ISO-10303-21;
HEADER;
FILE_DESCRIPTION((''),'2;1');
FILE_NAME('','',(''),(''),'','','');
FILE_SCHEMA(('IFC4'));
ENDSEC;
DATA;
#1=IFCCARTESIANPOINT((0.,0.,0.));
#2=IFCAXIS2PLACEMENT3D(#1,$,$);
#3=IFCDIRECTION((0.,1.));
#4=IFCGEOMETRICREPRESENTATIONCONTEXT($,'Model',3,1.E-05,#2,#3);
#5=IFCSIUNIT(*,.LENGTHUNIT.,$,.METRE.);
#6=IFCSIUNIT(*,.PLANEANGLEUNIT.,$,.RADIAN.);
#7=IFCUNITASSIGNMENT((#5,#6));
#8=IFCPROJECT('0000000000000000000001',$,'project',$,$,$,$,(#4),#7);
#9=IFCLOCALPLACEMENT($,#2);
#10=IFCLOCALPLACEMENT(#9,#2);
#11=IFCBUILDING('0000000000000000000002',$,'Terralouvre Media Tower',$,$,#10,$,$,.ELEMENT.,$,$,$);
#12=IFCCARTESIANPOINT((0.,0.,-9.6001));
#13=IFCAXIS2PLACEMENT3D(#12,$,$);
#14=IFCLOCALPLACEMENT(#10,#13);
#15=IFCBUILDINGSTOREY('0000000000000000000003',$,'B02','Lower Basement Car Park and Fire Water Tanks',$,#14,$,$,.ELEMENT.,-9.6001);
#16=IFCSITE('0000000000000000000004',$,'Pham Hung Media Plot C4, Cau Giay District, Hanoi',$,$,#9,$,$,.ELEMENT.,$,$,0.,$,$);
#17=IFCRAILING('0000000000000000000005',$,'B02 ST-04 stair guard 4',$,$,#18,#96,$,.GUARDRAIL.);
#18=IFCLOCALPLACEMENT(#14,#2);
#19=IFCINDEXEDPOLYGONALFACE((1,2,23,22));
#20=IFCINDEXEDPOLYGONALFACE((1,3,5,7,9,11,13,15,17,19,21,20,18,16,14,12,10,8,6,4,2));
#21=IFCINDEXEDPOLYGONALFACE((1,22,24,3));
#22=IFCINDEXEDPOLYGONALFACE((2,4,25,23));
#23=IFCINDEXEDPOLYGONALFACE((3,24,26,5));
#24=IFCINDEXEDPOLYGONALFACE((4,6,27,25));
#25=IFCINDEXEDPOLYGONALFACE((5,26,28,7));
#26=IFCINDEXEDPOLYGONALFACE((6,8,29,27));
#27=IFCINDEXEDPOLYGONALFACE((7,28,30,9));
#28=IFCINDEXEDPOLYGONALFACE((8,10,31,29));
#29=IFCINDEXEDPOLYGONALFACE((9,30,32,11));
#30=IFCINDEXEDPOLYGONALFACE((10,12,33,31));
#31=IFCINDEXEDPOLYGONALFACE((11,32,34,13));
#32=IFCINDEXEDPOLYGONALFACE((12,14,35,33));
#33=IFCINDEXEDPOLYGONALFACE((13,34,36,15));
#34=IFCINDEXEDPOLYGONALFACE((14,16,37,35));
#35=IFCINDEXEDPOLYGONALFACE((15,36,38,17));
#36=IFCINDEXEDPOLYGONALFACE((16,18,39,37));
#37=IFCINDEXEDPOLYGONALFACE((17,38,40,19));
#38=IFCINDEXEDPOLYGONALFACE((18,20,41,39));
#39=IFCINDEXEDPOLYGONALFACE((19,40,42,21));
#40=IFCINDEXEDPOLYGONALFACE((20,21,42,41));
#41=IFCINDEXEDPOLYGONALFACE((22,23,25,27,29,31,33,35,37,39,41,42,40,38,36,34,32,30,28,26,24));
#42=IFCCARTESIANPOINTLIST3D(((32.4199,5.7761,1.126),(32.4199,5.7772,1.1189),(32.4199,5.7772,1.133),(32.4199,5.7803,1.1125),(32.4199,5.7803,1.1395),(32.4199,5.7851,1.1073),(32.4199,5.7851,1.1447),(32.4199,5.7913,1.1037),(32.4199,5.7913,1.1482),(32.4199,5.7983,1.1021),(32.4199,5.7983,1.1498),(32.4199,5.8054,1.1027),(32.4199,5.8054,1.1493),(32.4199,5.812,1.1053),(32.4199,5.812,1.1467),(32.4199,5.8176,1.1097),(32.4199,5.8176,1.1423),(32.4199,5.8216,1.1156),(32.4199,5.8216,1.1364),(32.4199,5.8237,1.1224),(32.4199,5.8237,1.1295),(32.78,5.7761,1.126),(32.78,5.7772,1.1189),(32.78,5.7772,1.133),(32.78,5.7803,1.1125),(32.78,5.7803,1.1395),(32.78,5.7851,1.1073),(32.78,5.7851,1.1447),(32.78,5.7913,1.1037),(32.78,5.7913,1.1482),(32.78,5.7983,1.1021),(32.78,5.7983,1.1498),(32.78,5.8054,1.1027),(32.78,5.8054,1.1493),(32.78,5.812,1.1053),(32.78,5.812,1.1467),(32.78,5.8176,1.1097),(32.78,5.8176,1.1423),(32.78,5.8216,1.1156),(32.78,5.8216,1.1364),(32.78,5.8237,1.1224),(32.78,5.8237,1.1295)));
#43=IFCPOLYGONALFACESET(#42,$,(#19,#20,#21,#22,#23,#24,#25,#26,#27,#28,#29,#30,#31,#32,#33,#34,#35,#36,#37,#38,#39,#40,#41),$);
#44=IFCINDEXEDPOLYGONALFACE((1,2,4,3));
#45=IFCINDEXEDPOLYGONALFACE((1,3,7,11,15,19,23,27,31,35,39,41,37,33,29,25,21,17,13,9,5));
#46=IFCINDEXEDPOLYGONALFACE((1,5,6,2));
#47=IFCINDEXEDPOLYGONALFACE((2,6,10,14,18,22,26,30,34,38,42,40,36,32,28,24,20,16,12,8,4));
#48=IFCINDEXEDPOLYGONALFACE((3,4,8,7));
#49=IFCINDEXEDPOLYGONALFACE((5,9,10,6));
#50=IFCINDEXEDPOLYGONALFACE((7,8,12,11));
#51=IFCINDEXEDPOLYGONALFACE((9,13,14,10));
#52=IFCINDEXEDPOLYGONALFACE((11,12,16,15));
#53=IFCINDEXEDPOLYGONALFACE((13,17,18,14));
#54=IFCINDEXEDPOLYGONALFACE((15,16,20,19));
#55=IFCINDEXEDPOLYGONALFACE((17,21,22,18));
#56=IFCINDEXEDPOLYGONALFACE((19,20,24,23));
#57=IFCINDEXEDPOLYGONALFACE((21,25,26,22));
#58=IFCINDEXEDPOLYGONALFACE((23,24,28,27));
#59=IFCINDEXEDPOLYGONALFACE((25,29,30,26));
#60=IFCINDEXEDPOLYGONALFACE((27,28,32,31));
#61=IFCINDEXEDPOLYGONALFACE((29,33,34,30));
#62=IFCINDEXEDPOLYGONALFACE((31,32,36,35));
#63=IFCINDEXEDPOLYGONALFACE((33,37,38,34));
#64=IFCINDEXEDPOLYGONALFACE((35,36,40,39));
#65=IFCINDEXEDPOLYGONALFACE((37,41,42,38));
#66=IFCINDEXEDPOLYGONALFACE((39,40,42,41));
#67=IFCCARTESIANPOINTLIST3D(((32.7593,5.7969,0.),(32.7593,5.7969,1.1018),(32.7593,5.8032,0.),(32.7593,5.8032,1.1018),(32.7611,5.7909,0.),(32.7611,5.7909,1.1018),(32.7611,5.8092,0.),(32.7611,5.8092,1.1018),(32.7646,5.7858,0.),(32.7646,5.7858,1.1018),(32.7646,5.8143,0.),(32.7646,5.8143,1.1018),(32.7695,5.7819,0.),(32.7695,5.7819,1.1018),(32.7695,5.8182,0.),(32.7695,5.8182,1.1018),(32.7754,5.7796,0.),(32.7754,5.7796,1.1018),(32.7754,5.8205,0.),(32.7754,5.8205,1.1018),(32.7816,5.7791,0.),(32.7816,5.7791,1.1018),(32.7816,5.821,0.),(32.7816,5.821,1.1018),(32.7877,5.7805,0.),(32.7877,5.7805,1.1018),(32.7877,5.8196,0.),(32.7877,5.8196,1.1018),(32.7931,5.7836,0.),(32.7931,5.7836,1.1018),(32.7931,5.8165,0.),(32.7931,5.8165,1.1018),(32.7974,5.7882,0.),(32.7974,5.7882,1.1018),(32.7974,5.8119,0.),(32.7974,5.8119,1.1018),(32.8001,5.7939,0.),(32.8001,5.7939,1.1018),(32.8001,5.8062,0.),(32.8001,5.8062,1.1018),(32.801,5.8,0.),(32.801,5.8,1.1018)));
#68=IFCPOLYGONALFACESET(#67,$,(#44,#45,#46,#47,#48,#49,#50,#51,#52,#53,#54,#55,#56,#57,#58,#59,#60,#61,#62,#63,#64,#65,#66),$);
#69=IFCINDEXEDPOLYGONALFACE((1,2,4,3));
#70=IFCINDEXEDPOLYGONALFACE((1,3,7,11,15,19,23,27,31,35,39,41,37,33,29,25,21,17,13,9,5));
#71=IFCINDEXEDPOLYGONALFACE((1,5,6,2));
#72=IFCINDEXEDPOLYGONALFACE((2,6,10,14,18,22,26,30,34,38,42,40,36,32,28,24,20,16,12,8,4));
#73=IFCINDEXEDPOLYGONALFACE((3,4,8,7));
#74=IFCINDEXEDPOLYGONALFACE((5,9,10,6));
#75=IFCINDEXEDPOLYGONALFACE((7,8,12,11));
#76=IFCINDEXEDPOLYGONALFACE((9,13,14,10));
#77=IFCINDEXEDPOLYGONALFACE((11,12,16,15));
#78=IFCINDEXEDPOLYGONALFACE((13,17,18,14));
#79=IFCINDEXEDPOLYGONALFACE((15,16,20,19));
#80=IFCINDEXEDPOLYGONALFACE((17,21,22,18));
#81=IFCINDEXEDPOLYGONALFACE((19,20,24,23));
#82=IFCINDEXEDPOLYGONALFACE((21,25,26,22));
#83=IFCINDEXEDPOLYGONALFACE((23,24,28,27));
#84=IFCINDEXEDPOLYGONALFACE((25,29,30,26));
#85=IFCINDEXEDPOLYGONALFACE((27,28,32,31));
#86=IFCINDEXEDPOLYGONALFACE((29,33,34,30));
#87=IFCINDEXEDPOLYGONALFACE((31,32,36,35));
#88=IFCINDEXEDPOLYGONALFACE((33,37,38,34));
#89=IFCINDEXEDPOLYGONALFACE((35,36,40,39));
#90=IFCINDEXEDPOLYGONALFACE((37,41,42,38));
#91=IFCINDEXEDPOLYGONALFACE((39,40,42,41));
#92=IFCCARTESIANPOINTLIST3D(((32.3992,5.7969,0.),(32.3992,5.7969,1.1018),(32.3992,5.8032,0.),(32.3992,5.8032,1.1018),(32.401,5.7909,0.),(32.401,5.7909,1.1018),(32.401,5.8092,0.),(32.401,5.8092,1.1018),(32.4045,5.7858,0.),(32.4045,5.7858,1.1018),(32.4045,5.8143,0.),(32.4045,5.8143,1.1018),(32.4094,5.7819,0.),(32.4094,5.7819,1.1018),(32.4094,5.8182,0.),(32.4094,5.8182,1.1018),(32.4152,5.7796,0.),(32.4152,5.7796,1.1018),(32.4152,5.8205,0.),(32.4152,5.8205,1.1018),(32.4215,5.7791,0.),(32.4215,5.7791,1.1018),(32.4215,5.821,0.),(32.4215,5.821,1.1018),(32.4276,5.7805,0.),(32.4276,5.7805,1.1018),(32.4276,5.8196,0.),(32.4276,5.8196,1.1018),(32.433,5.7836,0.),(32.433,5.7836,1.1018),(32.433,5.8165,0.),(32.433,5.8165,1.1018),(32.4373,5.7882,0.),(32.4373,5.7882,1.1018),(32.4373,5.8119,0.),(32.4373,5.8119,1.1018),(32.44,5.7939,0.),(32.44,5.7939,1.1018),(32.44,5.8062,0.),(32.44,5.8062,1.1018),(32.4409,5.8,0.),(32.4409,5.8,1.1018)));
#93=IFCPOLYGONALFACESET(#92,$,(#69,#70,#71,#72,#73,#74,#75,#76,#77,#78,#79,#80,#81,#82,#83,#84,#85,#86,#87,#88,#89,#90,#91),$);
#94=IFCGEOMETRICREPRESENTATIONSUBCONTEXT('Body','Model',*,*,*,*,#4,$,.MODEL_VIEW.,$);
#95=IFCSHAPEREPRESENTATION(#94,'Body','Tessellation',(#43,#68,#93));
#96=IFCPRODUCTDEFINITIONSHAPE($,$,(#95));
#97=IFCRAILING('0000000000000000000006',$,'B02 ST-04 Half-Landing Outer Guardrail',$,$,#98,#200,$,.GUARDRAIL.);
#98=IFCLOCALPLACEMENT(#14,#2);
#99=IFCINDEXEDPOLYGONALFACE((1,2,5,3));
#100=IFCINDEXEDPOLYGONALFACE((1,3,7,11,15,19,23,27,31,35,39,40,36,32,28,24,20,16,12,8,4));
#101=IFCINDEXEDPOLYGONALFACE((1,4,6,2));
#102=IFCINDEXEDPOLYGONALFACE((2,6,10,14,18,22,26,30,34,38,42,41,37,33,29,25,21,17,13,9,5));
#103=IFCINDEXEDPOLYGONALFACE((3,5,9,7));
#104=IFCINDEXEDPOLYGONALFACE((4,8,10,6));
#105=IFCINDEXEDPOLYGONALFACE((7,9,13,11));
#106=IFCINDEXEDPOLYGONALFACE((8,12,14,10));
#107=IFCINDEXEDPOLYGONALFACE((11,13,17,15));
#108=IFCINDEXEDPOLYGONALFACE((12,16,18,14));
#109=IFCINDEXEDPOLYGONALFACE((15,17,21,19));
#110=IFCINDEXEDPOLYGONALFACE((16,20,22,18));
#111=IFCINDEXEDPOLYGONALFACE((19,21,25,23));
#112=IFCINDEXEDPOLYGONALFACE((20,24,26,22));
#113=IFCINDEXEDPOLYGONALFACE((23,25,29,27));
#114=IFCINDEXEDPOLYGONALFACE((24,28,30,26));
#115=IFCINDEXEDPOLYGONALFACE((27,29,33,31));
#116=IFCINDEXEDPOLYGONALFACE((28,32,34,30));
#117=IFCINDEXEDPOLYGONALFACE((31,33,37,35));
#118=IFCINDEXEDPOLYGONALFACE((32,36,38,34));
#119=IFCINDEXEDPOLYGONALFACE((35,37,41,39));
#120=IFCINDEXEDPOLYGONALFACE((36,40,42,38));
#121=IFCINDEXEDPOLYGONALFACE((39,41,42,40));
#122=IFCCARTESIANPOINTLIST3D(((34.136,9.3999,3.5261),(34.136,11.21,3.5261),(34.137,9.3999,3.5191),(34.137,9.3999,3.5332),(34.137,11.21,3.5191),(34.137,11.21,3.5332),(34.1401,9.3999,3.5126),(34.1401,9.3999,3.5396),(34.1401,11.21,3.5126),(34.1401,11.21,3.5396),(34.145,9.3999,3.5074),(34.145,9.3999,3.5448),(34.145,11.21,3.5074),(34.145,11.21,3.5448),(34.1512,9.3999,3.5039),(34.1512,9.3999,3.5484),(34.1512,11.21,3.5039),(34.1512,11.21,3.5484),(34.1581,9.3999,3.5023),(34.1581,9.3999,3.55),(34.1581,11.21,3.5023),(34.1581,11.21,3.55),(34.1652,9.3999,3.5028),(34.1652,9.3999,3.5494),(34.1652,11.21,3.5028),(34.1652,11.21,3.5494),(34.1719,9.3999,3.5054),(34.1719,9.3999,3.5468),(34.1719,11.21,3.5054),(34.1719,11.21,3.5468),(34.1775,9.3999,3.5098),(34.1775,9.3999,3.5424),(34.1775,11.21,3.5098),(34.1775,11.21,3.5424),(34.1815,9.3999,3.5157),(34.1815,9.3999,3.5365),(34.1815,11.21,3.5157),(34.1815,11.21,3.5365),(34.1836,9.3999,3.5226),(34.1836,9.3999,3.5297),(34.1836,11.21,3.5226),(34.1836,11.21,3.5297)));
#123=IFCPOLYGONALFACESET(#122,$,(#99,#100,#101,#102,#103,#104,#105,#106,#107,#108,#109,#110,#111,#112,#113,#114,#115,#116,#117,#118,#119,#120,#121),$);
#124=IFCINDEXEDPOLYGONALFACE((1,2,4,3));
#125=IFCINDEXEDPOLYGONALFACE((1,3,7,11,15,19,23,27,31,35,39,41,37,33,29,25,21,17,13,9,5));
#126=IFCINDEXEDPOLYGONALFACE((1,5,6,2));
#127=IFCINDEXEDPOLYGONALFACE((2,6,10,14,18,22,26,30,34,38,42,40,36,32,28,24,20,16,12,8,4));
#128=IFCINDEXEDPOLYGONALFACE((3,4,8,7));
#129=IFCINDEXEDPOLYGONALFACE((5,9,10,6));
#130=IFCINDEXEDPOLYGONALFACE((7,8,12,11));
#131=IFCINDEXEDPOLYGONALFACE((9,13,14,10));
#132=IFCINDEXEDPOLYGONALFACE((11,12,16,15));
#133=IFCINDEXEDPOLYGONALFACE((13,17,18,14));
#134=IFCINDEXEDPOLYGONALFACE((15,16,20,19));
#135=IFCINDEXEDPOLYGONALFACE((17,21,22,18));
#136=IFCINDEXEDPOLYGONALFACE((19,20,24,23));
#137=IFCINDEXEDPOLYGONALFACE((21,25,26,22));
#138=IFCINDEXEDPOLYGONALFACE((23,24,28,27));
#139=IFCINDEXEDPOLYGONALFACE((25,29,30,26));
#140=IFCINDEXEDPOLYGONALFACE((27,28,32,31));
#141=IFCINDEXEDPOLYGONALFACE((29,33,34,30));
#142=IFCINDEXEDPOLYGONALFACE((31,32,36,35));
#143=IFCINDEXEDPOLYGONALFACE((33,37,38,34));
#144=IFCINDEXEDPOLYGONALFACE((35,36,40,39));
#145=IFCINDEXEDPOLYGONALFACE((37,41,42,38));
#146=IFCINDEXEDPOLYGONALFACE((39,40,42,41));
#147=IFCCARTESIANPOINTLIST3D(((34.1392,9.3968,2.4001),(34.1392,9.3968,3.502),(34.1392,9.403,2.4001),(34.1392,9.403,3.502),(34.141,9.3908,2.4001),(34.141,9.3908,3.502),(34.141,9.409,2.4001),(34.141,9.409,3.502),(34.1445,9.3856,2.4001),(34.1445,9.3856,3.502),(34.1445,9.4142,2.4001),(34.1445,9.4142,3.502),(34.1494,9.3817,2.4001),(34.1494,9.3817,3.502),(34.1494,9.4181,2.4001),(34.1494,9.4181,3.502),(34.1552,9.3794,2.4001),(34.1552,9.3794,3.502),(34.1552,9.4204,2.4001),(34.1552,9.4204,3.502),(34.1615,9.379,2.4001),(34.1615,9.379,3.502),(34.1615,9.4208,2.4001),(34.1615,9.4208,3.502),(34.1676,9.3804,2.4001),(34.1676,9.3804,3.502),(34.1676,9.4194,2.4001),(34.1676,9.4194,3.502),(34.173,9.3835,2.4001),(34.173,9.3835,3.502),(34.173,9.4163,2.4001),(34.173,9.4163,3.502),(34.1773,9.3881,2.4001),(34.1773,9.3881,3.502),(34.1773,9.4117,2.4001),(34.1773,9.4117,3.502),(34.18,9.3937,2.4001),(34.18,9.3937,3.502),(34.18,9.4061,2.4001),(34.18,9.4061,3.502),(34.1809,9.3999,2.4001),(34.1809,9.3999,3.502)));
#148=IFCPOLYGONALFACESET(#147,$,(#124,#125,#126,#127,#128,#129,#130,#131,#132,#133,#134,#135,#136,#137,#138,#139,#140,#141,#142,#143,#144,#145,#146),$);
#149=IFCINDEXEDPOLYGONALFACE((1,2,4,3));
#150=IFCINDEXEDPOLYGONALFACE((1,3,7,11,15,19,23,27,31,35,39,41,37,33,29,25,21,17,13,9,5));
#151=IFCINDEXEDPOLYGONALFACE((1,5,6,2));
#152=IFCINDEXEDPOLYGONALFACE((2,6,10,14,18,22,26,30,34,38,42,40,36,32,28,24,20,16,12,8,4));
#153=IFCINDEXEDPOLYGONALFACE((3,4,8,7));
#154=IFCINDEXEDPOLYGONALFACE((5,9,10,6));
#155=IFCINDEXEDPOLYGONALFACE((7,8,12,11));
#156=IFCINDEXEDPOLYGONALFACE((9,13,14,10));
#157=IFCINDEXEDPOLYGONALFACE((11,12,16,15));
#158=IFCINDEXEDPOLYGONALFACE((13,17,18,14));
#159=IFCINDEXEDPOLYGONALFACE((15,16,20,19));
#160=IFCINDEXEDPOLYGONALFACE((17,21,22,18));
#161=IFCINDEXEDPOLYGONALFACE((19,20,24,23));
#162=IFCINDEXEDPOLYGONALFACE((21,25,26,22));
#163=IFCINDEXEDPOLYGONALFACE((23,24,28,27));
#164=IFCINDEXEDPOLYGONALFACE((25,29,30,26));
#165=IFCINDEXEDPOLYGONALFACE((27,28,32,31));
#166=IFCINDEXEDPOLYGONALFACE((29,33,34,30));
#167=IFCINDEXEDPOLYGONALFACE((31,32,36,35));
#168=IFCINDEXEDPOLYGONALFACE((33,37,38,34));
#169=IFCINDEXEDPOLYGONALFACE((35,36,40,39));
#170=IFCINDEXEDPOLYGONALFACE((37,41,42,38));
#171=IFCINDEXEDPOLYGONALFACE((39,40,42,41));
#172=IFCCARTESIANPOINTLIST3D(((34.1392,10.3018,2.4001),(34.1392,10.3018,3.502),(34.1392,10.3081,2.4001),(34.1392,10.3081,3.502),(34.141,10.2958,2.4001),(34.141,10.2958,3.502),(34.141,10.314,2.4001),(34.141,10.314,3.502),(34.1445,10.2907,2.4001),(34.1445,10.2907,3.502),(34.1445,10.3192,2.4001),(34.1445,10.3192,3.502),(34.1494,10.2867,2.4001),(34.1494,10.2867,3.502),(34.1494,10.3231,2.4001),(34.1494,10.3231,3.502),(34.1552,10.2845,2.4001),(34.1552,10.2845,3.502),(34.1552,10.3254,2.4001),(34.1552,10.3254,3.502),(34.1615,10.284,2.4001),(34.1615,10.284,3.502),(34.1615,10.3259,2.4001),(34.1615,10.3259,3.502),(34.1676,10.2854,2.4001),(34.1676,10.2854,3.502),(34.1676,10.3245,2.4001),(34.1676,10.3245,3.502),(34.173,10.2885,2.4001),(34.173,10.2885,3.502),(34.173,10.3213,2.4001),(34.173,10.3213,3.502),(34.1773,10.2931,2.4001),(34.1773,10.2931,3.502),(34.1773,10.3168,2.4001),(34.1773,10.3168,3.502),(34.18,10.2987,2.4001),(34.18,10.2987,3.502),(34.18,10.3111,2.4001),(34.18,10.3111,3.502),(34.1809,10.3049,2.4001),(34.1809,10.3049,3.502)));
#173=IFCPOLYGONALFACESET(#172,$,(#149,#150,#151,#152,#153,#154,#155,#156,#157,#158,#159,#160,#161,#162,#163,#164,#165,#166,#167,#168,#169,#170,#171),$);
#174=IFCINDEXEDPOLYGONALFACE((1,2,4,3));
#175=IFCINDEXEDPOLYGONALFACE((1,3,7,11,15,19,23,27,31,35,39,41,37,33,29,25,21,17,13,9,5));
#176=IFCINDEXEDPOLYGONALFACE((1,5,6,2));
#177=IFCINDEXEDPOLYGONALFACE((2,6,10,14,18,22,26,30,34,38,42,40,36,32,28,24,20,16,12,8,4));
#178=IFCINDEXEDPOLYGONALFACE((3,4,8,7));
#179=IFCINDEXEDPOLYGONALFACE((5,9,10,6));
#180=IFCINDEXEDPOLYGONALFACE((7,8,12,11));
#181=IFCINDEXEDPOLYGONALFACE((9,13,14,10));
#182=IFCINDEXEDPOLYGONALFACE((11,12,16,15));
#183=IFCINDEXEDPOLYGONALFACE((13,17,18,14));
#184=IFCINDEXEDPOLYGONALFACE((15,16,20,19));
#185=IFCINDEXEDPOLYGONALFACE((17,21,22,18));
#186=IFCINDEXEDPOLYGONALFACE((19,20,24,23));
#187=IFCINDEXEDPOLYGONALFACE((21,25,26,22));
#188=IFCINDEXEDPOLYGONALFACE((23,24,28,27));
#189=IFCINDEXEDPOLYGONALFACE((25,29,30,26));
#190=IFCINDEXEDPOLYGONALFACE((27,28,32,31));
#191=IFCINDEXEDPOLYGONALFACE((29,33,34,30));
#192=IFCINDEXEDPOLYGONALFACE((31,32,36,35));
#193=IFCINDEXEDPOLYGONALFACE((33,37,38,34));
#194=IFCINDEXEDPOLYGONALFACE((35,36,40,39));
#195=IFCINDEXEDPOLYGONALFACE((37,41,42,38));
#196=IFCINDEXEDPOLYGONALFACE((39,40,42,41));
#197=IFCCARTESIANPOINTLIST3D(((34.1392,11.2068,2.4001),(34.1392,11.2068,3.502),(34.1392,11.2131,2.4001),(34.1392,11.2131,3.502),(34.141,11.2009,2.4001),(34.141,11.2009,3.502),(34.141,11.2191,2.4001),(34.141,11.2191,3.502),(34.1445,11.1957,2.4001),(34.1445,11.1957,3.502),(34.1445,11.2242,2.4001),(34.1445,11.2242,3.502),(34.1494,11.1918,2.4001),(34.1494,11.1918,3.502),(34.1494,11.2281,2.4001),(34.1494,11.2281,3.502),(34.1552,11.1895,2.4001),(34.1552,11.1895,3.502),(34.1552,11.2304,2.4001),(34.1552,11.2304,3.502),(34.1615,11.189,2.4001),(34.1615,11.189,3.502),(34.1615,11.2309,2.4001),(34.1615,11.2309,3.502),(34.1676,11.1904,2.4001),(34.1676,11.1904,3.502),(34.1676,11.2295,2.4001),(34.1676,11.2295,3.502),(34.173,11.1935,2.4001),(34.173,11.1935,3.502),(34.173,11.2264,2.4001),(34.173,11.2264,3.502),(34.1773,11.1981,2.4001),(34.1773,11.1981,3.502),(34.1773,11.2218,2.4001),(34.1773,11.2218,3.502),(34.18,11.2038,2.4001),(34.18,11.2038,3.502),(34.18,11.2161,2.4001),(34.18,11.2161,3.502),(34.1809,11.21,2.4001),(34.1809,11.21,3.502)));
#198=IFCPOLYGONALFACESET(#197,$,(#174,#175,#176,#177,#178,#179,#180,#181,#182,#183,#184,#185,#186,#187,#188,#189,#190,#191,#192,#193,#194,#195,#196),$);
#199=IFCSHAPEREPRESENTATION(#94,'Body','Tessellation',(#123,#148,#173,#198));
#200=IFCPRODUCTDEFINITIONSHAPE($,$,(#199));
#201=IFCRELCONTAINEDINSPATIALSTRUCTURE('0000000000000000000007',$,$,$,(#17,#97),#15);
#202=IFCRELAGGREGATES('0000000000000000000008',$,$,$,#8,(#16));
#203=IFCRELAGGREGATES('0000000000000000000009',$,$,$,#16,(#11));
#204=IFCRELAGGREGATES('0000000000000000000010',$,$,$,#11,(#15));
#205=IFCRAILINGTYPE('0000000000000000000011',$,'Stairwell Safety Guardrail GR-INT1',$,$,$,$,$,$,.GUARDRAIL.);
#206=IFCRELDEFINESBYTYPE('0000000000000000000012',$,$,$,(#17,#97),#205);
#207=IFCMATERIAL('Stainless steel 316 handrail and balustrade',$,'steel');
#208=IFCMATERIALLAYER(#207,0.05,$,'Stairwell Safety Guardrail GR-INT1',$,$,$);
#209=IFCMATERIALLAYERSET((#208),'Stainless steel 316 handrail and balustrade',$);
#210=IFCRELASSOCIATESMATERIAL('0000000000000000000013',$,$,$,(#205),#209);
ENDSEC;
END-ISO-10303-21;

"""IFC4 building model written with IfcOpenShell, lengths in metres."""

from ifc_helpers import new_model, si_unit, direction, frame, origin, origin_2d, place, context, subcontext, project, spatial, circle, extrude, material, layer, layer_set, type_object, element, save


model = new_model("IFC4")

# Units and contexts
model_context = context("Model", 3, precision=1e-05, world=origin(), true_north=direction((0.0, 1.0)))
body_context = subcontext(model_context, "Body", "Model", "MODEL_VIEW")
ifc_project = project(units=[si_unit("LENGTHUNIT", "METRE"), si_unit("PLANEANGLEUNIT", "RADIAN")], contexts=[model_context])

# Site, building, storey
site_placement = place(None, origin())
site = spatial("IfcSite", under=ifc_project, at=site_placement, Name="Pham Hung Media Plot C4, Cau Giay District, Hanoi", CompositionType="ELEMENT", RefElevation=0.0)
building_placement = place(site_placement, origin())
building = spatial("IfcBuilding", under=site, at=building_placement, Name="Terralouvre Media Tower", CompositionType="ELEMENT")
storey_placement = place(building_placement, frame((0.0, 0.0, -9.6001)))
storey = spatial("IfcBuildingStorey", under=building, at=storey_placement, Name="B02", Description="Lower Basement Car Park and Fire Water Tanks", CompositionType="ELEMENT", Elevation=-9.6001)

# Railings
ifc_material_1 = material(Name="Stainless steel 316 handrail and balustrade", Category="steel")
ifc_layer_1 = layer(ifc_material_1, 0.05, Name="Stairwell Safety Guardrail GR-INT1")
ifc_layer_set_1 = layer_set([ifc_layer_1], Name="Stainless steel 316 handrail and balustrade")
railing_type_1 = type_object("IfcRailingType", Name="Stairwell Safety Guardrail GR-INT1", PredefinedType="GUARDRAIL", material=ifc_layer_set_1)
railing_1_placement = place(storey_placement, frame((32.78, 5.8, 0.0)))
element("IfcRailing", 1, at=railing_1_placement, inside=storey, type_object=railing_type_1, Name="B02 ST-04 stair guard 4", PredefinedType="GUARDRAIL", context=body_context, shape_type="SweptSolid", body=[
    extrude(circle(Radius=0.0239, at=origin_2d()), frame((0.0, 0.0, 1.126), z_axis=(-1.0, 0.0, 0.0), x_axis=(0.0, -1.0, 0.0)), (0.0, 0.0, 1.0), 0.3601),
    extrude(circle(Radius=0.021, at=origin_2d()), origin(), (0.0, 0.0, 1.0), 1.1018),
    extrude(circle(Radius=0.021, at=origin_2d()), frame((-0.3601, 0.0, 0.0)), (0.0, 0.0, 1.0), 1.1018),
])
railing_2_placement = place(storey_placement, frame((34.1599, 9.3999, 2.4001)))
element("IfcRailing", 2, at=railing_2_placement, inside=storey, type_object=railing_type_1, Name="B02 ST-04 Half-Landing Outer Guardrail", PredefinedType="GUARDRAIL", context=body_context, shape_type="SweptSolid", body=[
    extrude(circle(Radius=0.0239, at=origin_2d()), frame((0.0, 0.0, 1.126), z_axis=(0.0, 1.0, 0.0), x_axis=(-1.0, 0.0, 0.0)), (0.0, 0.0, 1.0), 1.8101),
    extrude(circle(Radius=0.021, at=origin_2d()), origin(), (0.0, 0.0, 1.0), 1.1018),
    extrude(circle(Radius=0.021, at=origin_2d()), frame((0.0, 0.905, 0.0)), (0.0, 0.0, 1.0), 1.1018),
    extrude(circle(Radius=0.021, at=origin_2d()), frame((0.0, 1.8101, 0.0)), (0.0, 0.0, 1.0), 1.1018),
])

save(model, "model.ifc")
